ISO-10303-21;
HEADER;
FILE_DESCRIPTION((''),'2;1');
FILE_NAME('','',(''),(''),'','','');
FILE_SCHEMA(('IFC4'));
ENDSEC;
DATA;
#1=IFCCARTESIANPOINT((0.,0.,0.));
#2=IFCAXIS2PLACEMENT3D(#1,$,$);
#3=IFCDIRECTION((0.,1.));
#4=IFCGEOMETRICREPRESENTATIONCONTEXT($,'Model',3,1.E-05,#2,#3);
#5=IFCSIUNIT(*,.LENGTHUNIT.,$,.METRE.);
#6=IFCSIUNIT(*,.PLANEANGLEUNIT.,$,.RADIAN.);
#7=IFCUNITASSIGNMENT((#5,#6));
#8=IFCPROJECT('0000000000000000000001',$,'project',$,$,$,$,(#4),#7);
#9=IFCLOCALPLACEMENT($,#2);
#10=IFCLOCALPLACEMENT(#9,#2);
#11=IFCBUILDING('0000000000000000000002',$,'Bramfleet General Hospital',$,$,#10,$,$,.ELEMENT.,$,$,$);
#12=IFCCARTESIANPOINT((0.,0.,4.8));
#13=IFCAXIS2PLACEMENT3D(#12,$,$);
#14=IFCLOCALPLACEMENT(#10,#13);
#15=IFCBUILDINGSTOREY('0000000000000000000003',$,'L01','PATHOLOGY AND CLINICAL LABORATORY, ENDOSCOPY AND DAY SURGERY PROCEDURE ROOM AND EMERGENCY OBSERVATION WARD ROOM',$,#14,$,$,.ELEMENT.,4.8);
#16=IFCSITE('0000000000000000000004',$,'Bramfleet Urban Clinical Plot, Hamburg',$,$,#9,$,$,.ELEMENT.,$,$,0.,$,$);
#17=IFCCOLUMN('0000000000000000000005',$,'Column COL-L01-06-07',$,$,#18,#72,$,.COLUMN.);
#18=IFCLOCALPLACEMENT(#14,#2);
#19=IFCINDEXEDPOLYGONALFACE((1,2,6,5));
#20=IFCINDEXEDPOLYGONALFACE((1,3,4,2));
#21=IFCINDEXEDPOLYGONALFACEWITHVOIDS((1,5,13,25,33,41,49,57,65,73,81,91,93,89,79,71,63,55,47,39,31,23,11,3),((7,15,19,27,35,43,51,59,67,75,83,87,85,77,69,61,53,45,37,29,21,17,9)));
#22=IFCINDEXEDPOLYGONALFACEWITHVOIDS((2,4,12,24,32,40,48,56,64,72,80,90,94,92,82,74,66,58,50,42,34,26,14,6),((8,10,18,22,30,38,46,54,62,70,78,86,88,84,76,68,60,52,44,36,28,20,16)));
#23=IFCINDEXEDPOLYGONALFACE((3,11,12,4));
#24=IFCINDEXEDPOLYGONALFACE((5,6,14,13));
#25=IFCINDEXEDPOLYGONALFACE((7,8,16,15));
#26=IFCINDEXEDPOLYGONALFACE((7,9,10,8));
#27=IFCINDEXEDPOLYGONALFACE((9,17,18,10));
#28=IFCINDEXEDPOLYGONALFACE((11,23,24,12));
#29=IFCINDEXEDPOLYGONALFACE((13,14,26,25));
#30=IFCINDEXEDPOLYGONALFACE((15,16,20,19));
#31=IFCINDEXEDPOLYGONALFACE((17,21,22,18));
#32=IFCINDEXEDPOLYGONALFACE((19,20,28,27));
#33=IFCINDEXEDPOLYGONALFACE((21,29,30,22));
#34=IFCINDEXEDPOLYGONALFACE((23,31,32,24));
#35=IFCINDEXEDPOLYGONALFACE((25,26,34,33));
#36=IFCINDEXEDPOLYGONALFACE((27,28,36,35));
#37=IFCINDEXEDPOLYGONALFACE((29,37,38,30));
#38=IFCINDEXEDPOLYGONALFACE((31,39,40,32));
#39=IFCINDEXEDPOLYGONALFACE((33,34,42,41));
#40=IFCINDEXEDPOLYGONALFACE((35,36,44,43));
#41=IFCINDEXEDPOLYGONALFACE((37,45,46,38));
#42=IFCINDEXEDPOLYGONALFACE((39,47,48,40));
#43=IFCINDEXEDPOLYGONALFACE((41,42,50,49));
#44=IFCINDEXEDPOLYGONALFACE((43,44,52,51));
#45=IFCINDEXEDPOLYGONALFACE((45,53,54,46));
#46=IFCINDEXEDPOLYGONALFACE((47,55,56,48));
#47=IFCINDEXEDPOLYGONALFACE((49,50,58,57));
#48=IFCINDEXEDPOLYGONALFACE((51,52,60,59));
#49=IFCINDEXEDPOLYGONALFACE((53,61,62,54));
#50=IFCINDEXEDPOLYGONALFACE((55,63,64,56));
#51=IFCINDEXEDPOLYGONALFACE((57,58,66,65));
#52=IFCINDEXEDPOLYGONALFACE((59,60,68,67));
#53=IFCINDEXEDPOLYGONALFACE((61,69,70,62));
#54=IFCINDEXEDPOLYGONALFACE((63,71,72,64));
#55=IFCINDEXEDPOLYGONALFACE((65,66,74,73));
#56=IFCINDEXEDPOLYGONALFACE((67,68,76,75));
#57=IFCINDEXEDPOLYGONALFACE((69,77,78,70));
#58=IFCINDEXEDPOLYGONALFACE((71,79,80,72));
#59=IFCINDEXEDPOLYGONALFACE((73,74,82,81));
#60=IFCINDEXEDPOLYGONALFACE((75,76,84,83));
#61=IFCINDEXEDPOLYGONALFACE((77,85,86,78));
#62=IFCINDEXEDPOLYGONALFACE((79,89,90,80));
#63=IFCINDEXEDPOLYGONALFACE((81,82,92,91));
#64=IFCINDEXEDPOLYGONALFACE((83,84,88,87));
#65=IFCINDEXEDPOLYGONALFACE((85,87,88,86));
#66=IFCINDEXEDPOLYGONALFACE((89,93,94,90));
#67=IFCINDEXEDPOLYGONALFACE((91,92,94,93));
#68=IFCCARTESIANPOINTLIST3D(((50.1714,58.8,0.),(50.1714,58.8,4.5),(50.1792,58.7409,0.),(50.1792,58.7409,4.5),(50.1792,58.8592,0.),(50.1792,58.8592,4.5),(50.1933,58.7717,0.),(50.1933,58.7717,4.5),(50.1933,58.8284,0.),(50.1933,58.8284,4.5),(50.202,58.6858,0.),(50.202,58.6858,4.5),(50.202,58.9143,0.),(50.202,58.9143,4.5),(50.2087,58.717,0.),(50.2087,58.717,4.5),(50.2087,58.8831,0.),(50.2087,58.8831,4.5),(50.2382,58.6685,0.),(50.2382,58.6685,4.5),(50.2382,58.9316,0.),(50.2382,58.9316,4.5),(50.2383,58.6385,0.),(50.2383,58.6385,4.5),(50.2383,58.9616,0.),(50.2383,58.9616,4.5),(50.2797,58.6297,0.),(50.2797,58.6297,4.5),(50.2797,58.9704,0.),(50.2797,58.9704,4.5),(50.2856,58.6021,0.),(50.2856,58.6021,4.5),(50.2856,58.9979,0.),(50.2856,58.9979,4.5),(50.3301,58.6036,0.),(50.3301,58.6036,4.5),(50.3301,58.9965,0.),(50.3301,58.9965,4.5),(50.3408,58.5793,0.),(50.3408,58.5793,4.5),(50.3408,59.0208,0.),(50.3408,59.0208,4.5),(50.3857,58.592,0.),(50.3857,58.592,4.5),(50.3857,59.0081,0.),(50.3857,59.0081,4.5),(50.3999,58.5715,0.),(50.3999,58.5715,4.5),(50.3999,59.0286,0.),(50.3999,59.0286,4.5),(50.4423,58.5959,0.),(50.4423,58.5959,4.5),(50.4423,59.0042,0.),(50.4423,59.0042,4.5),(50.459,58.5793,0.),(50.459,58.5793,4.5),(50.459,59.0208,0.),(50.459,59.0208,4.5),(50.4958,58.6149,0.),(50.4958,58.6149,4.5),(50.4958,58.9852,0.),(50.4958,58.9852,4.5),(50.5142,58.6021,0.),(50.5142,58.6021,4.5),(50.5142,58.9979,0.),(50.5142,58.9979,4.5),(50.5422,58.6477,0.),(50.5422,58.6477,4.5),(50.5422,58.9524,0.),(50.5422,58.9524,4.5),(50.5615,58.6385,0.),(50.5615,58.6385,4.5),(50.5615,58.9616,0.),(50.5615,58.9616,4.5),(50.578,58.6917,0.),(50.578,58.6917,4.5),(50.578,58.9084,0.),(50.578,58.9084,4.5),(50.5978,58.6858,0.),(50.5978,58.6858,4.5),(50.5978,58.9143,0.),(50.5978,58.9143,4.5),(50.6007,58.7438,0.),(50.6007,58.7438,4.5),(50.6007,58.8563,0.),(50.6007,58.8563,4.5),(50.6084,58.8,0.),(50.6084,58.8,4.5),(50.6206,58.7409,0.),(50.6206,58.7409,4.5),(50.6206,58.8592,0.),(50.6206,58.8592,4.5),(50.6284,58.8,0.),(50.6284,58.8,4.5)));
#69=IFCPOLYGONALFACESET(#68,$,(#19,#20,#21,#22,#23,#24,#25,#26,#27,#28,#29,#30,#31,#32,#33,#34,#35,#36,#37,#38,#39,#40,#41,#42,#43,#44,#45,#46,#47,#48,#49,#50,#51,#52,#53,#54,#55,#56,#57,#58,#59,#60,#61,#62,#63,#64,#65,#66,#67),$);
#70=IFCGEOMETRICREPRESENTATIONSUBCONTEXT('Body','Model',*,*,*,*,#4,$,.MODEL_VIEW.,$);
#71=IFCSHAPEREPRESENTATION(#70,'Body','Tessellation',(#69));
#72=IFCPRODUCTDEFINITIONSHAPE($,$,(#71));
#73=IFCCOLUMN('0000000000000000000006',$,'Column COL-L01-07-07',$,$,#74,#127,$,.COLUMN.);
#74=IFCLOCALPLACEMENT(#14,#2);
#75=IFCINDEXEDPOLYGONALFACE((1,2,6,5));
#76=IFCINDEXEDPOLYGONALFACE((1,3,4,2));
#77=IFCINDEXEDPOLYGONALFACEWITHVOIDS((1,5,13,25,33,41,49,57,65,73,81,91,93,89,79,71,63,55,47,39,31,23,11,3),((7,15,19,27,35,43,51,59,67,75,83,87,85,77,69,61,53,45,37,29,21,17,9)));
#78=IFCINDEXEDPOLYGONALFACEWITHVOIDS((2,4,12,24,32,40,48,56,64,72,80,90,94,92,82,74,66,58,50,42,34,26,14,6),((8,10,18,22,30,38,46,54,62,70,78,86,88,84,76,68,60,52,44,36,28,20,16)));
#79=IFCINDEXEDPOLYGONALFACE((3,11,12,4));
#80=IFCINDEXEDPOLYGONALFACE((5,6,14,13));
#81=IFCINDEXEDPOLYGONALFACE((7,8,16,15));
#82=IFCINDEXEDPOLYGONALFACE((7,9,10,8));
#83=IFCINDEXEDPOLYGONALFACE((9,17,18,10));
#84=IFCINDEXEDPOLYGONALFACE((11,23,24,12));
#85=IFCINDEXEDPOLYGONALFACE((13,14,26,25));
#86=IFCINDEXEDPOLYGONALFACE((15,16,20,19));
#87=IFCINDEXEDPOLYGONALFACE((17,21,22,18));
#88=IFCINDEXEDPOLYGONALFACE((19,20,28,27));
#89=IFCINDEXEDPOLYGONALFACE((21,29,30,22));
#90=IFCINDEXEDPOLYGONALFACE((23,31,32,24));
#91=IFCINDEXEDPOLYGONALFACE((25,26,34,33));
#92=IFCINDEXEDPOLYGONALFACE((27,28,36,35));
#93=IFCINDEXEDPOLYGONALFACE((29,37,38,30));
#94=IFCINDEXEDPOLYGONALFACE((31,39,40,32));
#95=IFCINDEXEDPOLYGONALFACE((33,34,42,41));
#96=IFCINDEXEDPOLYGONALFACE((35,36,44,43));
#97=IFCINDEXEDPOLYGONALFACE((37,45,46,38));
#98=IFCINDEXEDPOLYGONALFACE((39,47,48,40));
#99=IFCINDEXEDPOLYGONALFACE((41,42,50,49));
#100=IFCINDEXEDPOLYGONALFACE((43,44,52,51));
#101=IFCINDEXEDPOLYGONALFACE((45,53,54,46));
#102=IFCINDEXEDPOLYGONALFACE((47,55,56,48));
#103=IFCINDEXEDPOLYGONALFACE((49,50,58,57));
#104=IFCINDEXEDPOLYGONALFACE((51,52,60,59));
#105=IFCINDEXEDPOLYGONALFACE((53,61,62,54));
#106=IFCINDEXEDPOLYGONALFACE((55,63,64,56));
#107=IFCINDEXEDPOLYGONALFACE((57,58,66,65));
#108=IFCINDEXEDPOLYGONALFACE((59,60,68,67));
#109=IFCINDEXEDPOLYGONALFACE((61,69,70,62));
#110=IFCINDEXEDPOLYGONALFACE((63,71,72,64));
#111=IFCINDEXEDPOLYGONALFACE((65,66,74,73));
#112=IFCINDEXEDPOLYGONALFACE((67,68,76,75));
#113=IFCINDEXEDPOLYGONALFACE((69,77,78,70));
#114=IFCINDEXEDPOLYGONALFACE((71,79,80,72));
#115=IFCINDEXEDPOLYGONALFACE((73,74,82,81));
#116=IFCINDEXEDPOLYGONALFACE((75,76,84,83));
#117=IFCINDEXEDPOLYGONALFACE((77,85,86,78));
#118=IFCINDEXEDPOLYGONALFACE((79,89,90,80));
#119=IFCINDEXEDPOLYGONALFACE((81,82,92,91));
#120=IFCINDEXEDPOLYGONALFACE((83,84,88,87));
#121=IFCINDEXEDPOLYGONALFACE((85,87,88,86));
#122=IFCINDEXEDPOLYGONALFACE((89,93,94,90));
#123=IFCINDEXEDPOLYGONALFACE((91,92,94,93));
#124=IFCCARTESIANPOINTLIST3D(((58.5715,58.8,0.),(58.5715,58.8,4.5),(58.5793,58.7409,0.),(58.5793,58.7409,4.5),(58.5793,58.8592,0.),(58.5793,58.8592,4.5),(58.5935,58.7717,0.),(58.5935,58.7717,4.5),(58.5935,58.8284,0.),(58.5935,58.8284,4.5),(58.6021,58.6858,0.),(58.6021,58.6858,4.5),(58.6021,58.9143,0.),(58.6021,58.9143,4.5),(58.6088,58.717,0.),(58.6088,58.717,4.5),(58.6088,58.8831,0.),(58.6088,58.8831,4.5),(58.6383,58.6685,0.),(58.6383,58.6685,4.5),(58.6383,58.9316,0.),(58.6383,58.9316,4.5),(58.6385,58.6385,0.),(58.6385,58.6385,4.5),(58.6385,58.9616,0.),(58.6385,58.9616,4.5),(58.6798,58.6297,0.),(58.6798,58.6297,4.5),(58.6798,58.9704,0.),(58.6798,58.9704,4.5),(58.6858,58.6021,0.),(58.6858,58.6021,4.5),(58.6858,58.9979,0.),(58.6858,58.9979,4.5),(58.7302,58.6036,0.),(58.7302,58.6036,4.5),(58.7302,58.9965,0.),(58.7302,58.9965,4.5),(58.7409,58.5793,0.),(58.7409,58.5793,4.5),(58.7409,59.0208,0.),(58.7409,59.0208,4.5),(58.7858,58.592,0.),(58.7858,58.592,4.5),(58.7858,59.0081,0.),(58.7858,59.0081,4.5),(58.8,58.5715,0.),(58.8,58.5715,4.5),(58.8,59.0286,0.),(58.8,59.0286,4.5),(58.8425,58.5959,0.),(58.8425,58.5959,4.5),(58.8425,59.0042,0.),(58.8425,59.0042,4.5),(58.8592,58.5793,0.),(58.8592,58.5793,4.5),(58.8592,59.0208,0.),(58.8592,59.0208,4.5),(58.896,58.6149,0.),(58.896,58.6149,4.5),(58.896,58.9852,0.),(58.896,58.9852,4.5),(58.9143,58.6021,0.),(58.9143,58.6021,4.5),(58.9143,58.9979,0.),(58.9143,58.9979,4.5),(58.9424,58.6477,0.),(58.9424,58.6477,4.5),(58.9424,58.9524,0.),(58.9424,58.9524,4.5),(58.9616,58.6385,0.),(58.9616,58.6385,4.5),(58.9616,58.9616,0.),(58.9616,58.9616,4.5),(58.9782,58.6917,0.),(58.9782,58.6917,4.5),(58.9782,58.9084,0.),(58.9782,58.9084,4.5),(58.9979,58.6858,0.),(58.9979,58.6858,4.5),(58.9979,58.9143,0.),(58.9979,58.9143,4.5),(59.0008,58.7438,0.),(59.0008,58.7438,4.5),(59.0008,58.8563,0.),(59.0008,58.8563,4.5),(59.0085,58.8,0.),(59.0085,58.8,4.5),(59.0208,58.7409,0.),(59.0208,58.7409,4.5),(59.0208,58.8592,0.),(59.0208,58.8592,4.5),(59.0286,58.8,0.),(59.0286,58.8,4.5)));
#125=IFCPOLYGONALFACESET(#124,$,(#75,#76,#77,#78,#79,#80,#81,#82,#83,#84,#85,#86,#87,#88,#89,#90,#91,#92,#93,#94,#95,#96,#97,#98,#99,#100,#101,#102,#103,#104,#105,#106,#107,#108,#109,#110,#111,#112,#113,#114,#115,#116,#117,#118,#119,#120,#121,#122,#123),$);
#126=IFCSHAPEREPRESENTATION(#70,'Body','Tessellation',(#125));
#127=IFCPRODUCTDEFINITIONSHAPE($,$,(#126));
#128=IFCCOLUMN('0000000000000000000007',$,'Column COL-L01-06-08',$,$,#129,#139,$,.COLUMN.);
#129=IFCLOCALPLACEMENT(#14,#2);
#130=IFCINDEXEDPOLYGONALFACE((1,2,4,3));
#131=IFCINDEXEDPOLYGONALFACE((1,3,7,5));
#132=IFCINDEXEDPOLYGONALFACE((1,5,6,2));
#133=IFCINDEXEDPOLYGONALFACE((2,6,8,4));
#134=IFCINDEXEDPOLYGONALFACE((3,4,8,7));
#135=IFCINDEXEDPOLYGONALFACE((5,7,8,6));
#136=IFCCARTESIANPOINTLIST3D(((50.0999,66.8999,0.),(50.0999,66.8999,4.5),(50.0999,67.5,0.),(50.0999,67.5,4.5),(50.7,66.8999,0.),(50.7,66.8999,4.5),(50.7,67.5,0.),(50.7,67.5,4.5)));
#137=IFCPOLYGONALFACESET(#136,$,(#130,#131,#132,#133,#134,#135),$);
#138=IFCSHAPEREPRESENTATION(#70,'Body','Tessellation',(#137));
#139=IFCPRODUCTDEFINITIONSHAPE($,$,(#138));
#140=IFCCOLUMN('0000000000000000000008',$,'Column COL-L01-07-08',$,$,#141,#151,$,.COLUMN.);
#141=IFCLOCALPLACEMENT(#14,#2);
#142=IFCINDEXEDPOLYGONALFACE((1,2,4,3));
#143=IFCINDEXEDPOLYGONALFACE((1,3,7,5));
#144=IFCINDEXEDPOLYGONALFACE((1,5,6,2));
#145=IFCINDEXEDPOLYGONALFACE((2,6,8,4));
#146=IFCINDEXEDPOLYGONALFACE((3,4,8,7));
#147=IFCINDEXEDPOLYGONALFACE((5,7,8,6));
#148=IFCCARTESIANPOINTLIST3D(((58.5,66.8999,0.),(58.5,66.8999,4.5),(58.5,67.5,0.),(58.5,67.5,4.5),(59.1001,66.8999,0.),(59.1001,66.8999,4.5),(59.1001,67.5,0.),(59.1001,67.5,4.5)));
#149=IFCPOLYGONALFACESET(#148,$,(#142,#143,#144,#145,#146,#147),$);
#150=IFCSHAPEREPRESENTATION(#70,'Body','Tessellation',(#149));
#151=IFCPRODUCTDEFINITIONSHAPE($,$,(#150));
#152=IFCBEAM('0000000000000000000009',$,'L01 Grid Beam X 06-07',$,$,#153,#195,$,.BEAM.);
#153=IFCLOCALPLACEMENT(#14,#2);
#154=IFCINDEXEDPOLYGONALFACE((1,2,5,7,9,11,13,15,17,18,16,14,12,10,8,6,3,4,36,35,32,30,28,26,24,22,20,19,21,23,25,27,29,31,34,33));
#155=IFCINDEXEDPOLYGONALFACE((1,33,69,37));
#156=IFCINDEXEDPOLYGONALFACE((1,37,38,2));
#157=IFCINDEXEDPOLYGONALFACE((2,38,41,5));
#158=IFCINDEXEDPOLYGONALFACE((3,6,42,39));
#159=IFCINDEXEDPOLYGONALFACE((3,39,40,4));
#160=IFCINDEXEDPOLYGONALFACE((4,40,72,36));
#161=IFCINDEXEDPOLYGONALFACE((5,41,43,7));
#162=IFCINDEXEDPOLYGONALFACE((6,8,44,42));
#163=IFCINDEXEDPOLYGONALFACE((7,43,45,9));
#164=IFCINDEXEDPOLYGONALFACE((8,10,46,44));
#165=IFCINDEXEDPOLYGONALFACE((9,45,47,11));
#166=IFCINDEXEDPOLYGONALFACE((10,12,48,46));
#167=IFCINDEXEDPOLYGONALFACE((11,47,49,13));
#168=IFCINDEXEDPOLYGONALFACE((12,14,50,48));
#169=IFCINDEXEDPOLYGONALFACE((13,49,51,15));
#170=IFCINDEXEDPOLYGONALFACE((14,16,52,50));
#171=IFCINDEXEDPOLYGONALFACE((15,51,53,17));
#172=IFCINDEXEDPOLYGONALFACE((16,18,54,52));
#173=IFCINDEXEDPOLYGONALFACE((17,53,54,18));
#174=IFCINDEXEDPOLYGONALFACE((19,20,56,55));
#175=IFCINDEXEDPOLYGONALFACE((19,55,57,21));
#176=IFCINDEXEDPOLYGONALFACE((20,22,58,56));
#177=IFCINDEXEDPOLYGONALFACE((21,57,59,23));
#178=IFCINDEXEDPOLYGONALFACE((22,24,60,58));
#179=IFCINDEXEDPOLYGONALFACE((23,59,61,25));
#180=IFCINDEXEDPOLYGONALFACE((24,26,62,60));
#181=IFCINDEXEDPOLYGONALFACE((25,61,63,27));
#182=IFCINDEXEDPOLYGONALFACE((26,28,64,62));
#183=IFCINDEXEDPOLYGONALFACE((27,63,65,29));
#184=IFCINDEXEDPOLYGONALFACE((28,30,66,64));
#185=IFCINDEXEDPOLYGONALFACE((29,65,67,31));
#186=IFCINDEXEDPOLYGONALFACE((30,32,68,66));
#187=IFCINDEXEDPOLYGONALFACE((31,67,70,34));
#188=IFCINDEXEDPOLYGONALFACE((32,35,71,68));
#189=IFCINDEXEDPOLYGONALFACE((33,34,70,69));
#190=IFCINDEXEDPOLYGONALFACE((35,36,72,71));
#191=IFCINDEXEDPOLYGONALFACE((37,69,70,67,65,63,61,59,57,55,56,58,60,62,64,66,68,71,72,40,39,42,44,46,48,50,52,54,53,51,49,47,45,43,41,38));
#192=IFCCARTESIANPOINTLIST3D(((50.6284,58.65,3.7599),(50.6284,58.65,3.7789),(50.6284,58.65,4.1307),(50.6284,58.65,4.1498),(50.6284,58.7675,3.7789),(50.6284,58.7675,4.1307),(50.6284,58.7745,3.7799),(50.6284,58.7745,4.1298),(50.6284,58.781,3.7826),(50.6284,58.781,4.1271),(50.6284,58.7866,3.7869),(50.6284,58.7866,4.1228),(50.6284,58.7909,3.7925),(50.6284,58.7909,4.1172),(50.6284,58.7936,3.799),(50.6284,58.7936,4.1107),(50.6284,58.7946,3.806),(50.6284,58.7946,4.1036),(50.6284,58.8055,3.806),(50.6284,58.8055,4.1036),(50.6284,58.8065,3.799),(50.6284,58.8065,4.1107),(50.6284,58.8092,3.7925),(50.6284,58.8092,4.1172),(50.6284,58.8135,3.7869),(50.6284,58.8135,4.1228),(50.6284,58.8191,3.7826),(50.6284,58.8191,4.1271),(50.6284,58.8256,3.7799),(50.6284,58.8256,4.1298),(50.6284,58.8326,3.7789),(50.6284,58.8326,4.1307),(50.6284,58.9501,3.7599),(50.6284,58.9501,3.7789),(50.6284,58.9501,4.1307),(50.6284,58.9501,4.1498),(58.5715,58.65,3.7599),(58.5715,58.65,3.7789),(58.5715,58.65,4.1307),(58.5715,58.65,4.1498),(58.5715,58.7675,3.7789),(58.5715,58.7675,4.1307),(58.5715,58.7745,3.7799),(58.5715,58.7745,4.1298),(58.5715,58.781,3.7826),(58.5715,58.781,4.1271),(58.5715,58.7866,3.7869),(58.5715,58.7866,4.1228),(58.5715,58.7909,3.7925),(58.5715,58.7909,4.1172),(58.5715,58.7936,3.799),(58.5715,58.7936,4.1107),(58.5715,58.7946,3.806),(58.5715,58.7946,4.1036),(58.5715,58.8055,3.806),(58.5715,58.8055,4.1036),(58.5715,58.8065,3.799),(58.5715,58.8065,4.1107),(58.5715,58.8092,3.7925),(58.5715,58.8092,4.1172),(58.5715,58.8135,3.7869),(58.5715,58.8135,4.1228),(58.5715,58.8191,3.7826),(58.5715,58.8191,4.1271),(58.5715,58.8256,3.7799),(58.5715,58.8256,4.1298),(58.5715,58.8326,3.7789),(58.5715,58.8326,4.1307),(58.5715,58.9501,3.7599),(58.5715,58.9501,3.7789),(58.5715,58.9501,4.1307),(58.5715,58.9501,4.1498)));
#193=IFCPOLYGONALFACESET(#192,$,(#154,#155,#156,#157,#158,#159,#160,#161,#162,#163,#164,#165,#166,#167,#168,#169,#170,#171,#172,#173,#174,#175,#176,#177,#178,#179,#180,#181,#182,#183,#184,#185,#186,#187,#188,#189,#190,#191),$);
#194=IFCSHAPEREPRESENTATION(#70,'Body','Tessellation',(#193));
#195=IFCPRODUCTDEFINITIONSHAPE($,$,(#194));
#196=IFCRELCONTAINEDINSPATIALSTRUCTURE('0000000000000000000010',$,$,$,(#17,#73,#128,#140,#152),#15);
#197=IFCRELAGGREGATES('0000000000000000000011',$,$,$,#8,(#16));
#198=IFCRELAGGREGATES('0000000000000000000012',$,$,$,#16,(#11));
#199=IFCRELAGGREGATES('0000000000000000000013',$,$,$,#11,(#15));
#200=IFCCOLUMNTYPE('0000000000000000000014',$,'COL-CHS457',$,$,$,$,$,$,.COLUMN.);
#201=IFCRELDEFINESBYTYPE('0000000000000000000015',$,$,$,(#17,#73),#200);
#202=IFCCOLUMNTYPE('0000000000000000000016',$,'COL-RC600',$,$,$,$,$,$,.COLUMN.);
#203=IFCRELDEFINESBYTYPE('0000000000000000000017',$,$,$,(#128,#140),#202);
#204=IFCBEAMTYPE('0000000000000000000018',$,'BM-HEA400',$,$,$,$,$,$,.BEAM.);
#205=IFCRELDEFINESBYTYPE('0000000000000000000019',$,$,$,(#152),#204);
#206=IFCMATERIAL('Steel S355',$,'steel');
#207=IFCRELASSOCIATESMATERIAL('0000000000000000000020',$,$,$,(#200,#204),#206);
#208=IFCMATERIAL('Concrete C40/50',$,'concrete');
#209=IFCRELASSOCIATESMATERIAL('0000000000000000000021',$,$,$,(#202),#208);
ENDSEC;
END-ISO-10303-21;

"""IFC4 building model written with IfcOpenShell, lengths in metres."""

from ifc_helpers import new_model, si_unit, direction, frame, origin, origin_2d, place, context, subcontext, project, spatial, rectangle, hollow_circle, i_section, extrude, material, material_profile, profile_set, type_object, element, save


model = new_model("IFC4")

# Units and contexts
model_context = context("Model", 3, precision=1e-05, world=origin(), true_north=direction((0.0, 1.0)))
body_context = subcontext(model_context, "Body", "Model", "MODEL_VIEW")
ifc_project = project(units=[si_unit("LENGTHUNIT", "METRE"), si_unit("PLANEANGLEUNIT", "RADIAN")], contexts=[model_context])

# Site, building, storey
site_placement = place(None, origin())
site = spatial("IfcSite", under=ifc_project, at=site_placement, Name="Bramfleet Urban Clinical Plot, Hamburg", CompositionType="ELEMENT", RefElevation=0.0)
building_placement = place(site_placement, origin())
building = spatial("IfcBuilding", under=site, at=building_placement, Name="Bramfleet General Hospital", CompositionType="ELEMENT")
storey_placement = place(building_placement, frame((0.0, 0.0, 4.8)))
storey = spatial("IfcBuildingStorey", under=building, at=storey_placement, Name="L01", Description="PATHOLOGY AND CLINICAL LABORATORY, ENDOSCOPY AND DAY SURGERY PROCEDURE ROOM AND EMERGENCY OBSERVATION WARD ROOM", CompositionType="ELEMENT", Elevation=4.8)

# Columns
ifc_material_1 = material(Name="Steel S355", Category="steel")
ifc_material_profile_1 = material_profile(ifc_material_1, hollow_circle(Radius=0.2285, WallThickness=0.02, at=origin_2d()), Name="CHS 457.0x20.0")
ifc_profile_set_1 = profile_set([ifc_material_profile_1], Name="Steel S355")
column_type_1 = type_object("IfcColumnType", Name="COL-CHS457", PredefinedType="COLUMN", material=ifc_profile_set_1)
for number, where, z_axis, x_axis, name in (
    (1, (50.3999, 58.8, 0.0), (0.0, 0.0, 1.0), (1.0, 0.0, 0.0), "Column COL-L01-06-07"),
    (2, (58.8, 58.8, 0.0), (0.0, 0.0, 1.0), (1.0, 0.0, 0.0), "Column COL-L01-07-07"),
):
    element("IfcColumn", number, at=place(storey_placement, frame(where, z_axis=z_axis, x_axis=x_axis)), inside=storey, type_object=column_type_1, Name=name, PredefinedType="COLUMN", context=body_context, shape_type="SweptSolid", body=[
        extrude(hollow_circle(Radius=0.2285, WallThickness=0.02, at=origin_2d()), origin(), (0.0, 0.0, 1.0), 4.5),
    ])
ifc_material_2 = material(Name="Concrete C40/50", Category="concrete")
ifc_material_profile_2 = material_profile(ifc_material_2, rectangle(XDim=0.6001, YDim=0.6001, at=origin_2d()), Name="RC COL 600x600")
ifc_profile_set_2 = profile_set([ifc_material_profile_2], Name="Concrete C40/50")
column_type_2 = type_object("IfcColumnType", Name="COL-RC600", PredefinedType="COLUMN", material=ifc_profile_set_2)
for number, where, z_axis, x_axis, name in (
    (3, (50.3999, 67.2, 0.0), (0.0, 0.0, 1.0), (1.0, 0.0, 0.0), "Column COL-L01-06-08"),
    (4, (58.8, 67.2, 0.0), (0.0, 0.0, 1.0), (1.0, 0.0, 0.0), "Column COL-L01-07-08"),
):
    element("IfcColumn", number, at=place(storey_placement, frame(where, z_axis=z_axis, x_axis=x_axis)), inside=storey, type_object=column_type_2, Name=name, PredefinedType="COLUMN", context=body_context, shape_type="SweptSolid", body=[
        extrude(rectangle(XDim=0.6001, YDim=0.6001, at=origin_2d()), origin(), (0.0, 0.0, 1.0), 4.5),
    ])

# Beam
ifc_material_profile_3 = material_profile(ifc_material_1, i_section(OverallWidth=0.3, OverallDepth=0.3899, WebThickness=0.011, FlangeThickness=0.019, FilletRadius=0.0271, at=origin_2d()), Name="HEA 400")
ifc_profile_set_3 = profile_set([ifc_material_profile_3], Name="Steel S355")
beam_type_1 = type_object("IfcBeamType", Name="BM-HEA400", PredefinedType="BEAM", material=ifc_profile_set_3)
beam_1_placement = place(storey_placement, frame((50.6284, 58.8, 3.9548), z_axis=(1.0, 0.0, 0.0), x_axis=(0.0, 1.0, 0.0)))
element("IfcBeam", 5, at=beam_1_placement, inside=storey, type_object=beam_type_1, Name="L01 Grid Beam X 06-07", PredefinedType="BEAM", context=body_context, shape_type="SweptSolid", body=[
    extrude(i_section(OverallWidth=0.3, OverallDepth=0.3899, WebThickness=0.011, FlangeThickness=0.019, FilletRadius=0.0271, at=origin_2d()), origin(), (0.0, 0.0, 1.0), 7.9431),
])

save(model, "model.ifc")
